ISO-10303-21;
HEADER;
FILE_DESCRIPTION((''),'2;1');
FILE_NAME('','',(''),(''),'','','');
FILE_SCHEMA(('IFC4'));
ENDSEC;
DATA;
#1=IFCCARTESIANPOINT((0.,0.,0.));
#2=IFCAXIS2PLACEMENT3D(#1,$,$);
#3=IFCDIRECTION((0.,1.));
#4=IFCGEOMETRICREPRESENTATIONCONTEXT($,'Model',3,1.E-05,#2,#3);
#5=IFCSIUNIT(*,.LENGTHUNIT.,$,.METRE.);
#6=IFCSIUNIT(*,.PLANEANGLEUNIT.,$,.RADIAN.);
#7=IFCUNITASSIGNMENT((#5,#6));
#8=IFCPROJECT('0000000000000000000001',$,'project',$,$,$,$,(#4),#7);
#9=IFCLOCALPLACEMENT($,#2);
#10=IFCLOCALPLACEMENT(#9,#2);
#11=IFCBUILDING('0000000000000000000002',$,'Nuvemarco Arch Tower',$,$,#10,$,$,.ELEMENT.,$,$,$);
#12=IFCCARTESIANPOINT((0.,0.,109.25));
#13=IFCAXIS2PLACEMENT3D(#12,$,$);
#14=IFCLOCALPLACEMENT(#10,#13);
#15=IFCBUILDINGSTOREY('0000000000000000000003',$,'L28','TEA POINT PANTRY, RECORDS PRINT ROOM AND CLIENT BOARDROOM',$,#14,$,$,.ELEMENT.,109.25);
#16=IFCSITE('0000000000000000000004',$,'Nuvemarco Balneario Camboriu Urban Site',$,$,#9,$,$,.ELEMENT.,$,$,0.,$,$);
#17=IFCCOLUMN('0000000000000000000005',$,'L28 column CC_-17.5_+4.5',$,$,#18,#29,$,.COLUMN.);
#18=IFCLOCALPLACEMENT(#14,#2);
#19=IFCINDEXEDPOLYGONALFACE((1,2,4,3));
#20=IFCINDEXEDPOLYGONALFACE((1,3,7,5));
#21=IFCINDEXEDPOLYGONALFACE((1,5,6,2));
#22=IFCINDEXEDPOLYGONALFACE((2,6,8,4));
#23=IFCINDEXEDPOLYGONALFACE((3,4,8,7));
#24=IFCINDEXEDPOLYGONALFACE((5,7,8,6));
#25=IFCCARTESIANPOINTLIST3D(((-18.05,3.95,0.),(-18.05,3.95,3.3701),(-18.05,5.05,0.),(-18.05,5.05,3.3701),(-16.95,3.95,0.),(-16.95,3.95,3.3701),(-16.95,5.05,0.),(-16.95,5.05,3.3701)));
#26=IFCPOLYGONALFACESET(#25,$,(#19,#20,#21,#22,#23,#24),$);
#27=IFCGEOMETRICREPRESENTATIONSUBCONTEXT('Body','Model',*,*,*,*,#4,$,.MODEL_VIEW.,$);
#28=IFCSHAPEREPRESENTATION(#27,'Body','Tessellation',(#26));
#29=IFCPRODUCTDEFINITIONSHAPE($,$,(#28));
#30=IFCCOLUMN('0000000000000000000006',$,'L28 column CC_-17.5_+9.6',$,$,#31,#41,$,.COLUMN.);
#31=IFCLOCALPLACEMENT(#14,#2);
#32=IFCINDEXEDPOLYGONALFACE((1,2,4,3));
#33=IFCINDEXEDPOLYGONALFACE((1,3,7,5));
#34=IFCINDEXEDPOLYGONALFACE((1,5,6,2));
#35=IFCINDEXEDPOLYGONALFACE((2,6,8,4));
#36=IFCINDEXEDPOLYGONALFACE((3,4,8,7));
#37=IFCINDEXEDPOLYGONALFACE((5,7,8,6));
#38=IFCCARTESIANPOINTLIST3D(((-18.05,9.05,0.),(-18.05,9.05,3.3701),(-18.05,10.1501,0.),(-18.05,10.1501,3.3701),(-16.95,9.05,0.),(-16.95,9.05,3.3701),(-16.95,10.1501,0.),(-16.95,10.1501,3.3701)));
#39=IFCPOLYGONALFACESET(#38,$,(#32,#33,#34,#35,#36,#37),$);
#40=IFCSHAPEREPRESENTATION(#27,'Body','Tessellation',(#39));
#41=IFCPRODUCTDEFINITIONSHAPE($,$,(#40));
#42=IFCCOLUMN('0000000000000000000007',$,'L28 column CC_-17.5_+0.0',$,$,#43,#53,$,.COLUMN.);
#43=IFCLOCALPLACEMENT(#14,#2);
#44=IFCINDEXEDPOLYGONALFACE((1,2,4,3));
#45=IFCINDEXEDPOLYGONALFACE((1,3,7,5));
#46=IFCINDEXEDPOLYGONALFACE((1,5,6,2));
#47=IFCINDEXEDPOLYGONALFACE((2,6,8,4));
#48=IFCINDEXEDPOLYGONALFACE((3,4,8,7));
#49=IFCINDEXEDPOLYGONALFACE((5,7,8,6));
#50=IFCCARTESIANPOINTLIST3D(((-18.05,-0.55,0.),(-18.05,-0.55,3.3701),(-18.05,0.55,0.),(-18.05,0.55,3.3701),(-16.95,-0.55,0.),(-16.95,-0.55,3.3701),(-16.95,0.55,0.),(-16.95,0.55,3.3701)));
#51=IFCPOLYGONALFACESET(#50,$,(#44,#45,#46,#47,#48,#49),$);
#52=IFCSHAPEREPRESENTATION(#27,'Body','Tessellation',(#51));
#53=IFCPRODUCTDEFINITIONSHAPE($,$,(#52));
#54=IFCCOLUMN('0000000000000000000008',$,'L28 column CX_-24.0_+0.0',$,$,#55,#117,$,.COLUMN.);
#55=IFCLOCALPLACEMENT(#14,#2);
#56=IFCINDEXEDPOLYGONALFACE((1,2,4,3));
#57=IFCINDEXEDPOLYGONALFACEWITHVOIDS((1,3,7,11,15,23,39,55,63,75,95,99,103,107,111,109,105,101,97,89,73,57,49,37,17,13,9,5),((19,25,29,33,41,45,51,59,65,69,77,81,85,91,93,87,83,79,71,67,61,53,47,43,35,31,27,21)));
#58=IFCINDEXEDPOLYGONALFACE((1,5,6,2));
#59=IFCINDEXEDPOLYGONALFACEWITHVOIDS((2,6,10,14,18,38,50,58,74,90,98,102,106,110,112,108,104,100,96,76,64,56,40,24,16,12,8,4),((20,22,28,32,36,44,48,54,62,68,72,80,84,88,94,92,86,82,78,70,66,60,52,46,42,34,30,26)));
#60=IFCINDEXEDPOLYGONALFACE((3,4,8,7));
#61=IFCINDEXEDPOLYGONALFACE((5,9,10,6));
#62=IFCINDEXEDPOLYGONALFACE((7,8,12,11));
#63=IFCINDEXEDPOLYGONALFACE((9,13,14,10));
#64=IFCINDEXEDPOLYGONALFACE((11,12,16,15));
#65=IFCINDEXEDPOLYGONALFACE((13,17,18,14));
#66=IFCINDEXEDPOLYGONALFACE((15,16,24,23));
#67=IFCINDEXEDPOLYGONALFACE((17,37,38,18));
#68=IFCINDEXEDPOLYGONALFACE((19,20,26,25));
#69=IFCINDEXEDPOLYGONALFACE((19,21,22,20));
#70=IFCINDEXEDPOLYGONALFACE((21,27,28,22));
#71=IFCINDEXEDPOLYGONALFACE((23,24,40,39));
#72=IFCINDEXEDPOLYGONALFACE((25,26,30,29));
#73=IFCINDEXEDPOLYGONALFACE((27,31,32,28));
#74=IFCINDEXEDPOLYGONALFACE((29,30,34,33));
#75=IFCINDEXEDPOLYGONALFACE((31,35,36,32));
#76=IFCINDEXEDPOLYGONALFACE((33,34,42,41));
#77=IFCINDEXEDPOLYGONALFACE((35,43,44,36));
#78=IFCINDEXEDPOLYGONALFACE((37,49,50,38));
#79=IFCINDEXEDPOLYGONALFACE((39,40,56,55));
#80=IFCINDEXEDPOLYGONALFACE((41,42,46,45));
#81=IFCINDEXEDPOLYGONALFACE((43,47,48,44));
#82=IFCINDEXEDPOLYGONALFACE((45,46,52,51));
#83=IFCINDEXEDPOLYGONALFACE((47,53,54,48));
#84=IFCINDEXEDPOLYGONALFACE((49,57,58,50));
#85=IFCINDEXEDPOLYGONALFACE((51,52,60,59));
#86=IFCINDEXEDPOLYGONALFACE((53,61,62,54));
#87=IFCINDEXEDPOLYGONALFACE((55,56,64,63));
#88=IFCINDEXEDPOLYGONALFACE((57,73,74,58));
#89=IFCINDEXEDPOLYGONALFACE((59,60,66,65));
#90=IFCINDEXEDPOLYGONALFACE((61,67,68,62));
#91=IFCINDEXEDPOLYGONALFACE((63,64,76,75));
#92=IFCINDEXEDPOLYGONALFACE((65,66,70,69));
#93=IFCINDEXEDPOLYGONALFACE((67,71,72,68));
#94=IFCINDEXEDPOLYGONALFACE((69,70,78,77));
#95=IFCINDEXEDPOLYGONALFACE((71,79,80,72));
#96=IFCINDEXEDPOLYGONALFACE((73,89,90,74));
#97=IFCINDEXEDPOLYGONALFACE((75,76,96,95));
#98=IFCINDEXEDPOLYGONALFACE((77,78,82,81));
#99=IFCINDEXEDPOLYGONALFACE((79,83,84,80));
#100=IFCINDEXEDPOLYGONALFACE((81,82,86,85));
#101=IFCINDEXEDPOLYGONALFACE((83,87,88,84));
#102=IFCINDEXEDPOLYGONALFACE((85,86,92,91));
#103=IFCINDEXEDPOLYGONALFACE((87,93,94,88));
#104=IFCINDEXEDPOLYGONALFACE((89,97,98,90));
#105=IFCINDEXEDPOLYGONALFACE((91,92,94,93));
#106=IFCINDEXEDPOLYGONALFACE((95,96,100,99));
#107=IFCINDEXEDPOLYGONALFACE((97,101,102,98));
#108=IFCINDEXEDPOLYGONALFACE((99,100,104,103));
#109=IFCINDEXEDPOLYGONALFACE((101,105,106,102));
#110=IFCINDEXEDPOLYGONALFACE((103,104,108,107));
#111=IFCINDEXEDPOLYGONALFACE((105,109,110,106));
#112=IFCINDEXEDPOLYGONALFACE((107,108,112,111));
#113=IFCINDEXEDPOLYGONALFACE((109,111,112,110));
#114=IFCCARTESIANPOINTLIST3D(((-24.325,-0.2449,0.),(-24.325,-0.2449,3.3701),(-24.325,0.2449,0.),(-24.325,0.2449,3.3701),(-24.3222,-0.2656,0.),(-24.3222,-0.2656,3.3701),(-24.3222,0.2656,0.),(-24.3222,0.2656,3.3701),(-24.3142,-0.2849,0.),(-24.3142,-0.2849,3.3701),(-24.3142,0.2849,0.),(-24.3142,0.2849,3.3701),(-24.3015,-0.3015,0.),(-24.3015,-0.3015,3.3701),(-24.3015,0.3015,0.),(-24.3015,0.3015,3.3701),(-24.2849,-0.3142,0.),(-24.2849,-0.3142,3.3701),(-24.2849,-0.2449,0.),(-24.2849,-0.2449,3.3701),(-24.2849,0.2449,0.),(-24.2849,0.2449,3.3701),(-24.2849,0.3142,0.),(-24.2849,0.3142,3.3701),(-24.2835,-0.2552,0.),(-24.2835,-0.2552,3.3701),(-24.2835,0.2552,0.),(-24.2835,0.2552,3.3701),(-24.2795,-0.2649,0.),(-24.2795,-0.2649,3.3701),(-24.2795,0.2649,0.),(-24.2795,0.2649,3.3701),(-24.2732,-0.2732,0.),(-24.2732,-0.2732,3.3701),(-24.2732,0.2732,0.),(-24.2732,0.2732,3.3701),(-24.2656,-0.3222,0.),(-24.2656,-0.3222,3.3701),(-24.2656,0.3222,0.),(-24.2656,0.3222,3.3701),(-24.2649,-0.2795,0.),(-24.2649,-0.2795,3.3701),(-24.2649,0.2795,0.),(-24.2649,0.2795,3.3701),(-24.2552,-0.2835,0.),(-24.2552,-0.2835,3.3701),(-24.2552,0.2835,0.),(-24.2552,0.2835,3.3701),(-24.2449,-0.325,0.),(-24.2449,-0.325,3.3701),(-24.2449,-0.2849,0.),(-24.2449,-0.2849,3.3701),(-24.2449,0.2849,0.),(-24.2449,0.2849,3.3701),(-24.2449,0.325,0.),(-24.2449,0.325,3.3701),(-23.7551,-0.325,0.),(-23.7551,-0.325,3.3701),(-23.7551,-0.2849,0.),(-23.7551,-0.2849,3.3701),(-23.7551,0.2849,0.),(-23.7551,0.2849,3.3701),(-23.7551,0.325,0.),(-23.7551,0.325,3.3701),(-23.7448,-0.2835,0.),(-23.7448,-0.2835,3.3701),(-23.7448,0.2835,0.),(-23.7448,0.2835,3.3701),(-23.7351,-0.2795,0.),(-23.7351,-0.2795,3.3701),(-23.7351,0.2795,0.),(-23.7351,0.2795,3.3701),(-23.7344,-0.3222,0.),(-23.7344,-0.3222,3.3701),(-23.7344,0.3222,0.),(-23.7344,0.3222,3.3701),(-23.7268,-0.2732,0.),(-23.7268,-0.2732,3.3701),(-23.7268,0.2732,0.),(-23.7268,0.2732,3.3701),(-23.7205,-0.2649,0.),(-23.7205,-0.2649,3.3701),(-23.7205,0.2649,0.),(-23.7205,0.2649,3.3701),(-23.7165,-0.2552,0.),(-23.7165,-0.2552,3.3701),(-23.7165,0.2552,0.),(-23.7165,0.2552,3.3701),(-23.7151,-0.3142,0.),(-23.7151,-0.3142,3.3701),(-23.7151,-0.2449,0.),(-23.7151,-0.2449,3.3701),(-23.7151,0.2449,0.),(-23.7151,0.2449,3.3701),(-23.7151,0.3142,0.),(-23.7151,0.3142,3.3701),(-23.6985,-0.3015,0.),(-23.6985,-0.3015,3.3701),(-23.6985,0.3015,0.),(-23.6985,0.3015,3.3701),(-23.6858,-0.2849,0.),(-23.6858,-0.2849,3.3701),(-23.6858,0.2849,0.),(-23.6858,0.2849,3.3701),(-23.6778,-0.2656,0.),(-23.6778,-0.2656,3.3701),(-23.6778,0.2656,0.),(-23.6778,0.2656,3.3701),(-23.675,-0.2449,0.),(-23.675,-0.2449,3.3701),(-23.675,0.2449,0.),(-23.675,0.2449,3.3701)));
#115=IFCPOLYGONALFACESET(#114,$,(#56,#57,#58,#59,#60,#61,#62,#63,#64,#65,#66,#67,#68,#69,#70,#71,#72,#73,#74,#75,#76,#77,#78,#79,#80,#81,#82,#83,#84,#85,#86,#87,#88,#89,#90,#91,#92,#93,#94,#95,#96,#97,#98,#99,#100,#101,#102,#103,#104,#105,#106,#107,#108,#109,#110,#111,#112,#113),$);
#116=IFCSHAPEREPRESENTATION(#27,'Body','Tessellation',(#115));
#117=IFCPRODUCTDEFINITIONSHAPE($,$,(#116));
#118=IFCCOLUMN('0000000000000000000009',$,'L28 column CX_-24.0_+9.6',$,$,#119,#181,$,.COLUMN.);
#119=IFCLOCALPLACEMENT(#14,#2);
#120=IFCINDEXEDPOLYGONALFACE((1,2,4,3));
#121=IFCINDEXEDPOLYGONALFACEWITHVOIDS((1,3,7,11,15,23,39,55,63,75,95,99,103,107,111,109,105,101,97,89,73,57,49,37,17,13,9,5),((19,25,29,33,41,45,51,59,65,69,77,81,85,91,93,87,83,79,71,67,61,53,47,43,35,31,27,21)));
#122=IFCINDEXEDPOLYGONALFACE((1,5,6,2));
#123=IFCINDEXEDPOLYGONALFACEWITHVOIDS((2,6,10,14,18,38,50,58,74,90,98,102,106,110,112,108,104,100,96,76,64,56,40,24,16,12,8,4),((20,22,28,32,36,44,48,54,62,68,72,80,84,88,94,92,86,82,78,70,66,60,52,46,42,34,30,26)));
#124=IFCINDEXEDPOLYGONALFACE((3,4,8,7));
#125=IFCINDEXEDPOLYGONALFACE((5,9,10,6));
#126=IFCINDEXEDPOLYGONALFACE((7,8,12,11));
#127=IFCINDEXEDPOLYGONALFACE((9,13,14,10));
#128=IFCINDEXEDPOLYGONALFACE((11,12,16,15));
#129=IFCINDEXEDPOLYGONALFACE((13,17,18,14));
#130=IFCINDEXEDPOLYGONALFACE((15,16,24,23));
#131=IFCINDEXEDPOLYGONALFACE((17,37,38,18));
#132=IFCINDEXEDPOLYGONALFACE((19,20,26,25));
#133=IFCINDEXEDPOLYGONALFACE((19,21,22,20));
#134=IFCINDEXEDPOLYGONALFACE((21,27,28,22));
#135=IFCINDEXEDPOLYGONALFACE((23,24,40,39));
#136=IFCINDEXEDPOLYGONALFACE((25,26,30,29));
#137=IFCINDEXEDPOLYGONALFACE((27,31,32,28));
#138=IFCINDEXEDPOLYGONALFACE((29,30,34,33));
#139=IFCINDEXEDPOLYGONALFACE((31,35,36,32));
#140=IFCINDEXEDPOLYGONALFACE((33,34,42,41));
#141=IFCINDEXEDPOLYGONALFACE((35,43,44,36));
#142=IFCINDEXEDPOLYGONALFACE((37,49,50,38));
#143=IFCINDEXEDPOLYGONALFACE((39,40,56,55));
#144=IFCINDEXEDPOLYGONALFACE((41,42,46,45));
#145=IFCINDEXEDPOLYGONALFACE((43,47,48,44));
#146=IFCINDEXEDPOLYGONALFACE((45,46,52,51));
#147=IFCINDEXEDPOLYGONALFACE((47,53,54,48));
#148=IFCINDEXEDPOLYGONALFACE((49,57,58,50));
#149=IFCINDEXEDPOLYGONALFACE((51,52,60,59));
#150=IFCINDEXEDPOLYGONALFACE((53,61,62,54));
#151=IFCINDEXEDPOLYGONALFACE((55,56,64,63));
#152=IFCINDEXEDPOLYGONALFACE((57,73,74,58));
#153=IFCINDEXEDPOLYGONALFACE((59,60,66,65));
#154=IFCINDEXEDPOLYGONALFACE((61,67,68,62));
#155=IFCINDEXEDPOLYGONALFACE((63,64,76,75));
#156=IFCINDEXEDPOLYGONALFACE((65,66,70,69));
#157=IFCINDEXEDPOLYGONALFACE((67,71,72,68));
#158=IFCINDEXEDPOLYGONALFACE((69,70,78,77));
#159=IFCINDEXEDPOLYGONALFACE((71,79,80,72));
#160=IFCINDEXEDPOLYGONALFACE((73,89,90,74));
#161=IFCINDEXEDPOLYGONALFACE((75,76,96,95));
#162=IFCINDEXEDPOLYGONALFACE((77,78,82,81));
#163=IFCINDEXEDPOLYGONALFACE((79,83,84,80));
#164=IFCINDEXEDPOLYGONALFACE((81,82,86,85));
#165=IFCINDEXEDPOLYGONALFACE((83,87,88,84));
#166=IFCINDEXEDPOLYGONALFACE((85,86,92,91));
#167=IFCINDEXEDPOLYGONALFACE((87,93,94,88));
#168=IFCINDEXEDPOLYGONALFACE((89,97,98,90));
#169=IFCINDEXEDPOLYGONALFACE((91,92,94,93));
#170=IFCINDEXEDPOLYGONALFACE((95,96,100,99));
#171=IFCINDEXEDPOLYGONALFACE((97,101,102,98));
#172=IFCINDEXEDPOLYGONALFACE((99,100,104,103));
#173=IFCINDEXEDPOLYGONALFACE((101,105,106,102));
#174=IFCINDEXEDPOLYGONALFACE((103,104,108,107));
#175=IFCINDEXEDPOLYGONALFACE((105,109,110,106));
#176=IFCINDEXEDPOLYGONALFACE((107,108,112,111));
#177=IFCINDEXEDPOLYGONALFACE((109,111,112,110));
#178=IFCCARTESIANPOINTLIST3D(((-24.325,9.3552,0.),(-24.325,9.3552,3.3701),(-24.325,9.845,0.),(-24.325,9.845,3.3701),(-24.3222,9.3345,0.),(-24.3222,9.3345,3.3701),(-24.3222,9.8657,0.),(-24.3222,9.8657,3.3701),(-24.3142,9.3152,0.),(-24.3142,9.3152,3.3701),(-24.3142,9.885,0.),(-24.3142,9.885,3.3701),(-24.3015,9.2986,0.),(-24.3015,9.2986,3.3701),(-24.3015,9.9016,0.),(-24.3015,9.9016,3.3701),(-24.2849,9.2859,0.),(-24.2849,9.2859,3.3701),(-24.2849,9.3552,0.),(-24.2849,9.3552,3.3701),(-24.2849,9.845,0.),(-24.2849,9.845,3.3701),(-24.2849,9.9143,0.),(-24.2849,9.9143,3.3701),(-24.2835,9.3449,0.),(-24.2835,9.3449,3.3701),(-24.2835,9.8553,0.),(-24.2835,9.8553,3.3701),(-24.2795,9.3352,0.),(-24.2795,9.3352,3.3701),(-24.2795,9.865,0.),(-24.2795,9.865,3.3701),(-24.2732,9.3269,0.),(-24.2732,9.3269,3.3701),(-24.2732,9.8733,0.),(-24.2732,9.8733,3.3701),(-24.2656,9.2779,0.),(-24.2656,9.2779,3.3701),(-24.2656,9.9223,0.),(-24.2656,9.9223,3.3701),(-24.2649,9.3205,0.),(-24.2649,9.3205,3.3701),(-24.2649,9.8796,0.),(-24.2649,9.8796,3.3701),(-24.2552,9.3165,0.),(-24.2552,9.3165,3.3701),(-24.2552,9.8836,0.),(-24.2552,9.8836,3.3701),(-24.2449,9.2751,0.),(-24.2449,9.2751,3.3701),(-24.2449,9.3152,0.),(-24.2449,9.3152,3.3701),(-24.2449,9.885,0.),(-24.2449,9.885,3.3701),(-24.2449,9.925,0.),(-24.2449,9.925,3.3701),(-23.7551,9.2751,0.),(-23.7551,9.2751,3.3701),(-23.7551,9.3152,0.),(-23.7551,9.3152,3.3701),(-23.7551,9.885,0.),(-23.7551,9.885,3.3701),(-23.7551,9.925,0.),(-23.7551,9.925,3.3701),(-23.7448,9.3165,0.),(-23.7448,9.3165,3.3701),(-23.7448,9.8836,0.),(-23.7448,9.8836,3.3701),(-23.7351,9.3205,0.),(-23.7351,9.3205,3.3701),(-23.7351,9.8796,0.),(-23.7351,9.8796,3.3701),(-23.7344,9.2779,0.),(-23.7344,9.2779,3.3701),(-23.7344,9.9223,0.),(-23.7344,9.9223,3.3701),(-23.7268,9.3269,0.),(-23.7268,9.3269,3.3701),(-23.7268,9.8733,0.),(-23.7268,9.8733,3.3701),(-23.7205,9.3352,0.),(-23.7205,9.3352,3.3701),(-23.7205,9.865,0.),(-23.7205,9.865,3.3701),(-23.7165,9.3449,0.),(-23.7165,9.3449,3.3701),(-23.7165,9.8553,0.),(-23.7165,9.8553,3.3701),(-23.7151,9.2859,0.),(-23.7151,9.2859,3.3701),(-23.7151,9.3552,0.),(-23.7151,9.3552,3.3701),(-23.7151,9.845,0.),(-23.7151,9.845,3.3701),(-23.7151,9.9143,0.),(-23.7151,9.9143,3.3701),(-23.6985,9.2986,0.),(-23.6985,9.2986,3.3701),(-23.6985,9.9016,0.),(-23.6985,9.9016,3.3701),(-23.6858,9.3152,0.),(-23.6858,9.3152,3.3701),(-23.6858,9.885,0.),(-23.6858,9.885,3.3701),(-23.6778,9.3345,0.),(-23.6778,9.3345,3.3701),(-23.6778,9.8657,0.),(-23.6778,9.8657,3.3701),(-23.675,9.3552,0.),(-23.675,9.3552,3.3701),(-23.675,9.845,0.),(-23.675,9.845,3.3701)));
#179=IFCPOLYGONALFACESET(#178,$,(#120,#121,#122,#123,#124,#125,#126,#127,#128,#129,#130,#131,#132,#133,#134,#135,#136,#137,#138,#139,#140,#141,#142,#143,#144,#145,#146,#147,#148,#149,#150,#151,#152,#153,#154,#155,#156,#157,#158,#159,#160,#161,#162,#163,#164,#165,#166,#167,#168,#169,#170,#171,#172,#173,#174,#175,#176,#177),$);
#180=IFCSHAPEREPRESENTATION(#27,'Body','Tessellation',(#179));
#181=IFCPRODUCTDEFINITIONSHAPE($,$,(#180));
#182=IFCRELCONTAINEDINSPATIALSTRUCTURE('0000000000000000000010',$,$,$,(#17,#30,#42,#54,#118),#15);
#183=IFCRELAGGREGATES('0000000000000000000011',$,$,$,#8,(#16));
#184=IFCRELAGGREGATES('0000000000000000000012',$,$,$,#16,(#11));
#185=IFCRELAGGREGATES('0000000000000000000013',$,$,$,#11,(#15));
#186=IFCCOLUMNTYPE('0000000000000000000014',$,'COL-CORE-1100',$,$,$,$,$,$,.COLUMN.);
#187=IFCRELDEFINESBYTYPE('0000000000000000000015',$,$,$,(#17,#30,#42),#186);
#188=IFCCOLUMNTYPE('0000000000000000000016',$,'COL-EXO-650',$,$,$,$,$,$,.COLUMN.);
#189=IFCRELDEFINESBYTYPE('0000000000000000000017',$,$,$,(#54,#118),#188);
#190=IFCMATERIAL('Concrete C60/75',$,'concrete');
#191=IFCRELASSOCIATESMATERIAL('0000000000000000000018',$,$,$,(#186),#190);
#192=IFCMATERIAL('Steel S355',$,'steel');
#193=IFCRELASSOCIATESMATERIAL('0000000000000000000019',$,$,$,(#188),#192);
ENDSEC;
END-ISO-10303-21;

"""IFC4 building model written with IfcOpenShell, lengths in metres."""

from ifc_helpers import new_model, si_unit, direction, frame, origin, origin_2d, place, context, subcontext, project, spatial, rectangle, hollow_rectangle, extrude, material, material_profile, profile_set, type_object, element, save


model = new_model("IFC4")

# Units and contexts
model_context = context("Model", 3, precision=1e-05, world=origin(), true_north=direction((0.0, 1.0)))
body_context = subcontext(model_context, "Body", "Model", "MODEL_VIEW")
ifc_project = project(units=[si_unit("LENGTHUNIT", "METRE"), si_unit("PLANEANGLEUNIT", "RADIAN")], contexts=[model_context])

# Site, building, storey
site_placement = place(None, origin())
site = spatial("IfcSite", under=ifc_project, at=site_placement, Name="Nuvemarco Balneario Camboriu Urban Site", CompositionType="ELEMENT", RefElevation=0.0)
building_placement = place(site_placement, origin())
building = spatial("IfcBuilding", under=site, at=building_placement, Name="Nuvemarco Arch Tower", CompositionType="ELEMENT")
storey_placement = place(building_placement, frame((0.0, 0.0, 109.25)))
storey = spatial("IfcBuildingStorey", under=building, at=storey_placement, Name="L28", Description="TEA POINT PANTRY, RECORDS PRINT ROOM AND CLIENT BOARDROOM", CompositionType="ELEMENT", Elevation=109.25)

# Columns
ifc_material_1 = material(Name="Concrete C60/75", Category="concrete")
ifc_material_profile_1 = material_profile(ifc_material_1, rectangle(XDim=1.1001, YDim=1.1001, at=origin_2d()), Name="RC-COL-1100x1100")
ifc_profile_set_1 = profile_set([ifc_material_profile_1], Name="Concrete C60/75")
column_type_1 = type_object("IfcColumnType", Name="COL-CORE-1100", PredefinedType="COLUMN", material=ifc_profile_set_1)
for number, where, z_axis, x_axis, name in (
    (1, (-17.5, 4.5, 0.0), (0.0, 0.0, 1.0), (1.0, 0.0, 0.0), "L28 column CC_-17.5_+4.5"),
    (2, (-17.5, 9.6001, 0.0), (0.0, 0.0, 1.0), (1.0, 0.0, 0.0), "L28 column CC_-17.5_+9.6"),
    (3, (-17.5, 0.0, 0.0), (0.0, 0.0, 1.0), (1.0, 0.0, 0.0), "L28 column CC_-17.5_+0.0"),
):
    element("IfcColumn", number, at=place(storey_placement, frame(where, z_axis=z_axis, x_axis=x_axis)), inside=storey, type_object=column_type_1, Name=name, PredefinedType="COLUMN", context=body_context, shape_type="SweptSolid", body=[
        extrude(rectangle(XDim=1.1001, YDim=1.1001, at=origin_2d()), origin(), (0.0, 0.0, 1.0), 3.3701),
    ])
ifc_material_2 = material(Name="Steel S355", Category="steel")
ifc_material_profile_2 = material_profile(ifc_material_2, hollow_rectangle(XDim=0.6499, YDim=0.6499, WallThickness=0.04, InnerFilletRadius=0.04, OuterFilletRadius=0.0801, at=origin_2d()), Name="SHS650x650x40")
ifc_profile_set_2 = profile_set([ifc_material_profile_2], Name="Steel S355")
column_type_2 = type_object("IfcColumnType", Name="COL-EXO-650", PredefinedType="COLUMN", material=ifc_profile_set_2)
for number, where, z_axis, x_axis, name in (
    (4, (-24.0, 0.0, 0.0), (0.0, 0.0, 1.0), (1.0, 0.0, 0.0), "L28 column CX_-24.0_+0.0"),
    (5, (-24.0, 9.6001, 0.0), (0.0, 0.0, 1.0), (1.0, 0.0, 0.0), "L28 column CX_-24.0_+9.6"),
):
    element("IfcColumn", number, at=place(storey_placement, frame(where, z_axis=z_axis, x_axis=x_axis)), inside=storey, type_object=column_type_2, Name=name, PredefinedType="COLUMN", context=body_context, shape_type="SweptSolid", body=[
        extrude(hollow_rectangle(XDim=0.6499, YDim=0.6499, WallThickness=0.04, InnerFilletRadius=0.04, OuterFilletRadius=0.0801, at=origin_2d()), origin(), (0.0, 0.0, 1.0), 3.3701),
    ])

save(model, "model.ifc")
